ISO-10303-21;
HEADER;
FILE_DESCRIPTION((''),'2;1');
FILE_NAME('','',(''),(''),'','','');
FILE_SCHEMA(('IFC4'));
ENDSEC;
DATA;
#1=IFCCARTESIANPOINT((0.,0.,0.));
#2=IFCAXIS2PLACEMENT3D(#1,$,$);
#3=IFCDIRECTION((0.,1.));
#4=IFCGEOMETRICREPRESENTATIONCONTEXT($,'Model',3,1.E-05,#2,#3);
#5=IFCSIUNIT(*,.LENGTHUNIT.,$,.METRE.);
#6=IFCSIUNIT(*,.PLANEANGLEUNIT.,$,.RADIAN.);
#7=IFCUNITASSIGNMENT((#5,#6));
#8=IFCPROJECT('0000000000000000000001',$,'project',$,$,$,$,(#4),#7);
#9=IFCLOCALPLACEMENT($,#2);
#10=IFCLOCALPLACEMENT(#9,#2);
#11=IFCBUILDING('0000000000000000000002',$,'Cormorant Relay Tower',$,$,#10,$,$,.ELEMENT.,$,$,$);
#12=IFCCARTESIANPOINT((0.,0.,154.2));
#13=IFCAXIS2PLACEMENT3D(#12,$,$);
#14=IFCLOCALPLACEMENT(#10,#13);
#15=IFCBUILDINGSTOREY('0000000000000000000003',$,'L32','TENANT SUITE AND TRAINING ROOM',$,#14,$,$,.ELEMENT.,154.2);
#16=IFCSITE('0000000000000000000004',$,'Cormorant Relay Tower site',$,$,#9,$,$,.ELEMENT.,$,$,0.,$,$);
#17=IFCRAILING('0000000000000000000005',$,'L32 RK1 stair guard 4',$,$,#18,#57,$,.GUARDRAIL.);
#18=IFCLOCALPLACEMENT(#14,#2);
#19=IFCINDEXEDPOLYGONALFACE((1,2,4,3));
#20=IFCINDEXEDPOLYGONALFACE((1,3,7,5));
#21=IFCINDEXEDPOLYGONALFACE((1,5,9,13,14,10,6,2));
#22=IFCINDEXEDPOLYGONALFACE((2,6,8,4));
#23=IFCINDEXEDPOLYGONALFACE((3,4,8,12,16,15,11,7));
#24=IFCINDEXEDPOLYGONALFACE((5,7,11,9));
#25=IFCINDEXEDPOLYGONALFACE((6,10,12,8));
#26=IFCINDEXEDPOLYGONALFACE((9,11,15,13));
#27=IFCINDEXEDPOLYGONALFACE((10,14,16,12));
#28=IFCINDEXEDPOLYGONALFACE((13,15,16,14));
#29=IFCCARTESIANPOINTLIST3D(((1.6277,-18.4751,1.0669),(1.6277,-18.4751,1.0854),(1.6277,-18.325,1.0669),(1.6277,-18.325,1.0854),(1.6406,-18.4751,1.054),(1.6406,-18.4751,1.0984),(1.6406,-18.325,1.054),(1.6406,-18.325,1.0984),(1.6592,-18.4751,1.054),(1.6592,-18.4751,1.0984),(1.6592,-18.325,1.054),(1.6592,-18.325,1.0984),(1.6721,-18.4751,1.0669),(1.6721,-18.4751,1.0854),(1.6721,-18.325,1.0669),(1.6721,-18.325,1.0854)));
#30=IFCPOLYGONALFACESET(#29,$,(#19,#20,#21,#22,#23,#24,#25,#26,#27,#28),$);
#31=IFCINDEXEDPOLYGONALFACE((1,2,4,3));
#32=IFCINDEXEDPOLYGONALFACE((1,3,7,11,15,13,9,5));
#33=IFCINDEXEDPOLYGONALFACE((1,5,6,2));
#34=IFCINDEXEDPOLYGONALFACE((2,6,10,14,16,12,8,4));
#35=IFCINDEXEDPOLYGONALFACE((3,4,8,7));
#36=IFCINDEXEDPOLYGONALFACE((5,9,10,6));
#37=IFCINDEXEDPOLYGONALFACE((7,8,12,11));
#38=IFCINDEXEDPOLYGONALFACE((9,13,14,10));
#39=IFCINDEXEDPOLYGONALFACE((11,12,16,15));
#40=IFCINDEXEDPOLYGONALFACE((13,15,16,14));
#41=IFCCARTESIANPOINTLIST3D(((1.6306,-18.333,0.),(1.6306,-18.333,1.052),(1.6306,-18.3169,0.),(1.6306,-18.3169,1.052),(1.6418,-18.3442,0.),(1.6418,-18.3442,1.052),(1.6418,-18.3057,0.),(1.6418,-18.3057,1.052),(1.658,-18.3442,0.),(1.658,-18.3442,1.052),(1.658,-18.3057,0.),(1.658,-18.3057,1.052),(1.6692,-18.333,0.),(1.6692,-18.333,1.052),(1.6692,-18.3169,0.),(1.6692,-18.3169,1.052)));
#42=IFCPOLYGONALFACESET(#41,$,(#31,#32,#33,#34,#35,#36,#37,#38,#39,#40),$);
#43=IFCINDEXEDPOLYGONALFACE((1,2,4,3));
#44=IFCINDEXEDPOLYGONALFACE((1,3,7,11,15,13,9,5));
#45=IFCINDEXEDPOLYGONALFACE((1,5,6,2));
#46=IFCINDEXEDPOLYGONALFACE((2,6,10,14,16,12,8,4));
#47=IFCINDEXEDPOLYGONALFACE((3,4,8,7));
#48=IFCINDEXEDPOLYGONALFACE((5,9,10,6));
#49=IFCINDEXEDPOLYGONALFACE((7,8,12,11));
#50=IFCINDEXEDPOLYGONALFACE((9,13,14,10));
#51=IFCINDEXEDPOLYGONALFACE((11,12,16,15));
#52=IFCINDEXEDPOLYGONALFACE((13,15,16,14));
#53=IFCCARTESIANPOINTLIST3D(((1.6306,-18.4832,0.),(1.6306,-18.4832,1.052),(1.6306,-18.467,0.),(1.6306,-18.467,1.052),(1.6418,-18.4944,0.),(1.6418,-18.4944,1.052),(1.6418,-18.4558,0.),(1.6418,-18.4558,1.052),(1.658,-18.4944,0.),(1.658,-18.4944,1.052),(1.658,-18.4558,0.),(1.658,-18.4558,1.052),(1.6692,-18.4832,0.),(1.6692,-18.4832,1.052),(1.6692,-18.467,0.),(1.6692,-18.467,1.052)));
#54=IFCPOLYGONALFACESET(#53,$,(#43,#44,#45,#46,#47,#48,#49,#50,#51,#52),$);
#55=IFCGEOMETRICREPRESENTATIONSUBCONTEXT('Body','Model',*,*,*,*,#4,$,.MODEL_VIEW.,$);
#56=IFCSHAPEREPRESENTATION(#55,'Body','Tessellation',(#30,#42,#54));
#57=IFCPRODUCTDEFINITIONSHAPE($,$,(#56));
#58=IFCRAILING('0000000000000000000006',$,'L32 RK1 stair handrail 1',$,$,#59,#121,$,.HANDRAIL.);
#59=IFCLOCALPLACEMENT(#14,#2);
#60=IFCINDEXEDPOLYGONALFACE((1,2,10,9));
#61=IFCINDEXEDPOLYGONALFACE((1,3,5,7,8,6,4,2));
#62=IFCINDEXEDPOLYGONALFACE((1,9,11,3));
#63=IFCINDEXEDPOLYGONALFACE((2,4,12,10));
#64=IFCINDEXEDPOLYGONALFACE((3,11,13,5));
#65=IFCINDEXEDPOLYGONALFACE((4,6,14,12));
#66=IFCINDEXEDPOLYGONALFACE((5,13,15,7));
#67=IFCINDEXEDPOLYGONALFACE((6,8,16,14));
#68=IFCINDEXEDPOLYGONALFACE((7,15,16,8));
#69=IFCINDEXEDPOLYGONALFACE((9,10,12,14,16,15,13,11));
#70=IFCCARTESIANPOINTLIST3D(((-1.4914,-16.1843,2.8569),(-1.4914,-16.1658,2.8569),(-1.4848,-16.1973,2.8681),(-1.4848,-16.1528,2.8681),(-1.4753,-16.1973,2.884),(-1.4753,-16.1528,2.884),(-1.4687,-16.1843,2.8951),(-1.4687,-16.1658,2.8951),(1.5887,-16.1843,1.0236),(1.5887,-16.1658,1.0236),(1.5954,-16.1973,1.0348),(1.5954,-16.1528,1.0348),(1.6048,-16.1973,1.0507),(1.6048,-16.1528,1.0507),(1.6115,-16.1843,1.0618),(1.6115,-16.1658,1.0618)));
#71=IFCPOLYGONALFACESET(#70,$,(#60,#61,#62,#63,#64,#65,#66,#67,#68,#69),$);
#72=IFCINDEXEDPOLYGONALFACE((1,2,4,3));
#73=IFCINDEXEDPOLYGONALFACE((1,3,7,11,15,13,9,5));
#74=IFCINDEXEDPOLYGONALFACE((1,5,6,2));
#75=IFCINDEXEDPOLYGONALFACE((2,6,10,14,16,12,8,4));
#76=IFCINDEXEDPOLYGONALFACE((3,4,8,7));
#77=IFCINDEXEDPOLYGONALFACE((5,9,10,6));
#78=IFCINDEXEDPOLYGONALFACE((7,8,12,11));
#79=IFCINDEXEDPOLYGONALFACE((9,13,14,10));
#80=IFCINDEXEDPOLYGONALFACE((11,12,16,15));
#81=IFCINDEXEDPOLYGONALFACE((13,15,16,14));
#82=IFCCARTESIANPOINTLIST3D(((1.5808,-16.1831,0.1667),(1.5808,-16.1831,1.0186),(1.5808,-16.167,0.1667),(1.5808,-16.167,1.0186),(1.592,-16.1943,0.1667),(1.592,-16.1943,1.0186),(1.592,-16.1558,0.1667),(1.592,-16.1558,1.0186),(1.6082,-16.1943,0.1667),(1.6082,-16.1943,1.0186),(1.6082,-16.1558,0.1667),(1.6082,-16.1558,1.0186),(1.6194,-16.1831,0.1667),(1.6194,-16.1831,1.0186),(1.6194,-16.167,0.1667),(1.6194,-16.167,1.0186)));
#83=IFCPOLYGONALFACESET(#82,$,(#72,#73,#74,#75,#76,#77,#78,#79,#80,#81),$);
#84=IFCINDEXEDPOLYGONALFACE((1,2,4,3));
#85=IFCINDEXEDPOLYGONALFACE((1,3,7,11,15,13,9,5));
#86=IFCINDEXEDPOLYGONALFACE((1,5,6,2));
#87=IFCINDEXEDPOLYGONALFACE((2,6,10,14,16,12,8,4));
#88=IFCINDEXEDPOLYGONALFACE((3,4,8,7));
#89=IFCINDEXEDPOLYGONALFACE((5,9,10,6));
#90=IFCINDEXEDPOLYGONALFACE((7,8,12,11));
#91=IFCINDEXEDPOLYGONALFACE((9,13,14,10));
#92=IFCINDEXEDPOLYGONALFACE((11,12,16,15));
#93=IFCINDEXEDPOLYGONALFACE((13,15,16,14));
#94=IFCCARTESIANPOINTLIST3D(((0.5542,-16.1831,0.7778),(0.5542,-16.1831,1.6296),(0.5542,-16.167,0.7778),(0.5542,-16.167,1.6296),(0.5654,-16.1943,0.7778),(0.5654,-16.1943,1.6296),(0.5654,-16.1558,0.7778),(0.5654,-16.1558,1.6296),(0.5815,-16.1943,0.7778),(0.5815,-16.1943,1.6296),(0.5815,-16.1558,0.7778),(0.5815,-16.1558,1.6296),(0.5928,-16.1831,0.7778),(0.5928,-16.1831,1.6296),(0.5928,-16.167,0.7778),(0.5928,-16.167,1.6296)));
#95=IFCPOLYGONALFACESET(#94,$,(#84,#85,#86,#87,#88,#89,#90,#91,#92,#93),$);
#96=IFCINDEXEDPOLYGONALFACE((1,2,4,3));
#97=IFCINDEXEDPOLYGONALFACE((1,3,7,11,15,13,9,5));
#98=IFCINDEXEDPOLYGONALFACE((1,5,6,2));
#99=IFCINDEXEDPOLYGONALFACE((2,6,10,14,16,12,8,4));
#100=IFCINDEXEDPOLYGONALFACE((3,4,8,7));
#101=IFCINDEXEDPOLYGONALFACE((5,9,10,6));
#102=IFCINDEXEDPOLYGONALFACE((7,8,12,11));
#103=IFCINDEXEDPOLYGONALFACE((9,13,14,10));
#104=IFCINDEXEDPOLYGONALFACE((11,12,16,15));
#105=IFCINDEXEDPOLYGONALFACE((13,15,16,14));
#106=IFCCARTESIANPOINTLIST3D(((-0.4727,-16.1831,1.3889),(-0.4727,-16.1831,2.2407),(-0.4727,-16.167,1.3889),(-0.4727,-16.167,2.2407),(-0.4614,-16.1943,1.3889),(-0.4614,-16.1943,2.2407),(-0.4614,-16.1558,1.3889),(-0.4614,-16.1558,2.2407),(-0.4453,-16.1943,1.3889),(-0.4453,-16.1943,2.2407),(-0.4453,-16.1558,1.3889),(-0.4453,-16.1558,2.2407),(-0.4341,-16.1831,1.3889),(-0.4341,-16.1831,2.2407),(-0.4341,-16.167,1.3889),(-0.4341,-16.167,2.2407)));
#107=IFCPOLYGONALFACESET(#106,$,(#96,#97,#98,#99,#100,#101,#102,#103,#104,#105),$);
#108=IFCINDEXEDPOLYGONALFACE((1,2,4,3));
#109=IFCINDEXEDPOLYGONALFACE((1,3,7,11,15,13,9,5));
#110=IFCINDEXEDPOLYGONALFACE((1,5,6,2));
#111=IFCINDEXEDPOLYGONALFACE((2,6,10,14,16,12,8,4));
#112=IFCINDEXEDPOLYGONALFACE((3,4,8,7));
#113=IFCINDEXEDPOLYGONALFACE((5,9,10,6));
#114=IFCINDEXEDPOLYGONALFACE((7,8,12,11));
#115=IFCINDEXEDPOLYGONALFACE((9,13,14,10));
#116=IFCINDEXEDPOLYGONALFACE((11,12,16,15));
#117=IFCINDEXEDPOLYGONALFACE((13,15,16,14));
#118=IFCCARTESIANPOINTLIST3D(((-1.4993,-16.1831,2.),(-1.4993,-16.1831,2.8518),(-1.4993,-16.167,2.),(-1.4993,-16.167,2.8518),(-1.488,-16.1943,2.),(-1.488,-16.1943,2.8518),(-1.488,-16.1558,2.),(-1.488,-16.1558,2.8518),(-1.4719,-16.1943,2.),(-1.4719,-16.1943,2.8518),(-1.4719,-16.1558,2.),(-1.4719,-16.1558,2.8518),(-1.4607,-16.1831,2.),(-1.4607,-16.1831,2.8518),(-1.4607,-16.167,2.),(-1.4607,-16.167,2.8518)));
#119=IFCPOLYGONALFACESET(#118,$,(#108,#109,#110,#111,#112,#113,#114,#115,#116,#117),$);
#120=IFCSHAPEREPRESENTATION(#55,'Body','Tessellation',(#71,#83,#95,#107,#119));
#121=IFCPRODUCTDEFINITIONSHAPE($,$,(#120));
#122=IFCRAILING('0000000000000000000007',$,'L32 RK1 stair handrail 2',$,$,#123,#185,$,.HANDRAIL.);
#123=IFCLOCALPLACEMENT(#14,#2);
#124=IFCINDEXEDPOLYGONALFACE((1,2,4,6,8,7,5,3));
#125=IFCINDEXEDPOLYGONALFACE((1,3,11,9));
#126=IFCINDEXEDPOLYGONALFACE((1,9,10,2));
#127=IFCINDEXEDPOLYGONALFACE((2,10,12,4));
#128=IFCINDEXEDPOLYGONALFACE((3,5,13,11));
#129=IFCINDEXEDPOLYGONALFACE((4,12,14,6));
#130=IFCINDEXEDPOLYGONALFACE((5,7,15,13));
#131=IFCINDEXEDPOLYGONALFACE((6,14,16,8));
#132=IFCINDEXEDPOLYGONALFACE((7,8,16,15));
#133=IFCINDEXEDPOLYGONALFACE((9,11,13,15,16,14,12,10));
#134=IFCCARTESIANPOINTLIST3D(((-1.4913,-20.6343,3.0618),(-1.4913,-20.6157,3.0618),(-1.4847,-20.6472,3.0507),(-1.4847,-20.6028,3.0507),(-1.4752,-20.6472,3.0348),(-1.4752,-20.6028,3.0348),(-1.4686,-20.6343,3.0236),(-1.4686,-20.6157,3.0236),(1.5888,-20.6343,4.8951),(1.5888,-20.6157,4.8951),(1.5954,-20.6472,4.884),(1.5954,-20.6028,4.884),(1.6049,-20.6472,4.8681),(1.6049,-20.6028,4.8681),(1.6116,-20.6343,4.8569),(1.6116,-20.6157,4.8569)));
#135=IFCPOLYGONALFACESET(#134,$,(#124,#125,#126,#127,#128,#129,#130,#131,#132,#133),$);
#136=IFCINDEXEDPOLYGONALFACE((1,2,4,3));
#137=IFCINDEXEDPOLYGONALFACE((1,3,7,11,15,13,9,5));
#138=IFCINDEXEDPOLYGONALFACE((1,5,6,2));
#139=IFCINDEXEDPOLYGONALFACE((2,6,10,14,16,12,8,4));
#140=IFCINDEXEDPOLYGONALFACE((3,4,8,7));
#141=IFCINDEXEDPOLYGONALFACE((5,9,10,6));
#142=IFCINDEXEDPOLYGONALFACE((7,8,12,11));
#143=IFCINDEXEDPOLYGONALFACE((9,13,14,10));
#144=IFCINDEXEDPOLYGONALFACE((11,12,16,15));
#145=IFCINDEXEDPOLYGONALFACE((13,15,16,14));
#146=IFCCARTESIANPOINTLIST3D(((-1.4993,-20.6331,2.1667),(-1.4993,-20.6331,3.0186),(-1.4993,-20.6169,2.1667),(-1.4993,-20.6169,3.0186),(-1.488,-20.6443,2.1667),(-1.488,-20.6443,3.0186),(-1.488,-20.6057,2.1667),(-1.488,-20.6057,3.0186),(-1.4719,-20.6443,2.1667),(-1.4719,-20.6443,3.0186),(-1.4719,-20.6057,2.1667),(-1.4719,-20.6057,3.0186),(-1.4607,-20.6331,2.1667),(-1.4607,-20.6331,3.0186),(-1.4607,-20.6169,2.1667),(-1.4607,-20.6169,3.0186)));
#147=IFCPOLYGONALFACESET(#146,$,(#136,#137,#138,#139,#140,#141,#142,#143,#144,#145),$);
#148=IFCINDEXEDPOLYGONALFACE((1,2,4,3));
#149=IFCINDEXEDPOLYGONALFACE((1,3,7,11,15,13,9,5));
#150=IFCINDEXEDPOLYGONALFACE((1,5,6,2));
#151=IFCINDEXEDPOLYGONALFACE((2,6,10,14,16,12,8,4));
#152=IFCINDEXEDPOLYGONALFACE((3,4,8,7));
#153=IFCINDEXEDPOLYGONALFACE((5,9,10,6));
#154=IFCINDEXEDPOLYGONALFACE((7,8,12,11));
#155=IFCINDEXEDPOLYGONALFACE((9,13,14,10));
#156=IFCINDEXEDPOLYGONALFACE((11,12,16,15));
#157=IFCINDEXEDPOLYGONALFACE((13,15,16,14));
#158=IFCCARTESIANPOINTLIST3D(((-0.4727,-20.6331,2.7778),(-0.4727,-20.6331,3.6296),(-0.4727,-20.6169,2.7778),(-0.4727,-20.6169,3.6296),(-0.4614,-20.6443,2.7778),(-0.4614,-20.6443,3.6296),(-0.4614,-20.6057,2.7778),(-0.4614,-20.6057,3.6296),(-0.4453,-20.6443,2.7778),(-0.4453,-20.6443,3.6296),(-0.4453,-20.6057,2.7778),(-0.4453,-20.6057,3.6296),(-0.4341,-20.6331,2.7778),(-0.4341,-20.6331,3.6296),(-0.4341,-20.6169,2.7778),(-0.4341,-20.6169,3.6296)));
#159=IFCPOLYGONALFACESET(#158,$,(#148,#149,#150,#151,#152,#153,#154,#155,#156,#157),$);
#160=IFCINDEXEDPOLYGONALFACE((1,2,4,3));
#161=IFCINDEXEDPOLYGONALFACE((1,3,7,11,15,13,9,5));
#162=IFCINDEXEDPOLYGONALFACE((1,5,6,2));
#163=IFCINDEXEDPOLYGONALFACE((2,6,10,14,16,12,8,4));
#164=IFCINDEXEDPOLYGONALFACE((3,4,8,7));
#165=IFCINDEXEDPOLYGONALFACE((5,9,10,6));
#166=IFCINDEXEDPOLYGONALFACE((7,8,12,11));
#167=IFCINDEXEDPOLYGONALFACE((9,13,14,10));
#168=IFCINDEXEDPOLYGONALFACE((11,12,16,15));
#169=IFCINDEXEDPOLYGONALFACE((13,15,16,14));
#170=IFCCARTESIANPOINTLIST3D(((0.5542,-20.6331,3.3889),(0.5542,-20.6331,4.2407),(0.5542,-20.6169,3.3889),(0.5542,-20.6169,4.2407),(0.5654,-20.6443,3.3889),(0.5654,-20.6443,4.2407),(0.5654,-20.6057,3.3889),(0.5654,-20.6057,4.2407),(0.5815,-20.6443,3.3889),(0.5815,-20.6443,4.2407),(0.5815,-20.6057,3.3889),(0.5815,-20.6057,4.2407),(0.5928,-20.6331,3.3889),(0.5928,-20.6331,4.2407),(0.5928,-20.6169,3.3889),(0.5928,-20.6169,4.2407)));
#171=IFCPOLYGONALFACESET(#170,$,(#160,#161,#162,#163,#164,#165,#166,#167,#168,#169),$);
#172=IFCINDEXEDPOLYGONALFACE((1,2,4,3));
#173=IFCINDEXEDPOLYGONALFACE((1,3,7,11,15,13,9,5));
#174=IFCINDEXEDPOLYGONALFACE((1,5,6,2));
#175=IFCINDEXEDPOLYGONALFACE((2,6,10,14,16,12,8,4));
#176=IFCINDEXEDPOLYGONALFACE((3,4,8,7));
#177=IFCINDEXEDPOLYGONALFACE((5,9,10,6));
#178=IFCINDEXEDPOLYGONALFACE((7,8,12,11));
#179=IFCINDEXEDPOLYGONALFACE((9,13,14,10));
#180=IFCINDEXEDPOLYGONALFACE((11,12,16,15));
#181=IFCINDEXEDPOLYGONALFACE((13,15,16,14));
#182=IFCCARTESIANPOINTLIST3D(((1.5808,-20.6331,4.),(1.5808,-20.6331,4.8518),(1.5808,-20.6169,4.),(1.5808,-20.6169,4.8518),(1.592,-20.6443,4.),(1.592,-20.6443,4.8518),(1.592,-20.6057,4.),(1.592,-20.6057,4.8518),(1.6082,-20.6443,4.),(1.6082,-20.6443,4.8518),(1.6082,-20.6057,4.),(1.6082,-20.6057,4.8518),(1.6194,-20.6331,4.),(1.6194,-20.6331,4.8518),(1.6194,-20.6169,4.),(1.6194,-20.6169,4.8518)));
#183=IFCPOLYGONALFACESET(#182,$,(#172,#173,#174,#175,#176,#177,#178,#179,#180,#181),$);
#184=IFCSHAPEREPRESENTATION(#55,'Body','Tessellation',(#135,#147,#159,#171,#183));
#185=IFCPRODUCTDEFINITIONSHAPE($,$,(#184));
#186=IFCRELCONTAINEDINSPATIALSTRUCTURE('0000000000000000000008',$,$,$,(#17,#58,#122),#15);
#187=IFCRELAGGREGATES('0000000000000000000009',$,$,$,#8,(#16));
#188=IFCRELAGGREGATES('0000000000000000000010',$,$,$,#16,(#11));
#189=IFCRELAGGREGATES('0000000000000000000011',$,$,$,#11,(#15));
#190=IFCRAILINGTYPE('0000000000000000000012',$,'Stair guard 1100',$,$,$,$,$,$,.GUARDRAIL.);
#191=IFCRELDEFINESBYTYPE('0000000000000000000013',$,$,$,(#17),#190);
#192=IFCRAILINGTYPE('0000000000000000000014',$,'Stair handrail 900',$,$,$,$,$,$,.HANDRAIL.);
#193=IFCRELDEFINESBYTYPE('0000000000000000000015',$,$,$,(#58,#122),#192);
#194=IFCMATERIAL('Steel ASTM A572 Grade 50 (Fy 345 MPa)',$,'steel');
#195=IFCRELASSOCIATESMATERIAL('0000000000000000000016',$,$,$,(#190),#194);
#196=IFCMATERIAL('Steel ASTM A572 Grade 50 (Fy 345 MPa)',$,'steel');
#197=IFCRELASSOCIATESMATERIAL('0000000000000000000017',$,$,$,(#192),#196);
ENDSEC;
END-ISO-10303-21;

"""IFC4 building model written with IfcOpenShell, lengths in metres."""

from ifc_helpers import new_model, si_unit, direction, frame, origin, place, context, subcontext, project, spatial, polyline, outline, extrude, material, type_object, element, save


model = new_model("IFC4")

# Units and contexts
model_context = context("Model", 3, precision=1e-05, world=origin(), true_north=direction((0.0, 1.0)))
body_context = subcontext(model_context, "Body", "Model", "MODEL_VIEW")
ifc_project = project(units=[si_unit("LENGTHUNIT", "METRE"), si_unit("PLANEANGLEUNIT", "RADIAN")], contexts=[model_context])

# Site, building, storey
site_placement = place(None, origin())
site = spatial("IfcSite", under=ifc_project, at=site_placement, Name="Cormorant Relay Tower site", CompositionType="ELEMENT", RefElevation=0.0)
building_placement = place(site_placement, origin())
building = spatial("IfcBuilding", under=site, at=building_placement, Name="Cormorant Relay Tower", CompositionType="ELEMENT")
storey_placement = place(building_placement, frame((0.0, 0.0, 154.2)))
storey = spatial("IfcBuildingStorey", under=building, at=storey_placement, Name="L32", Description="TENANT SUITE AND TRAINING ROOM", CompositionType="ELEMENT", Elevation=154.2)

# Railings
ifc_material_1 = material(Name="Steel ASTM A572 Grade 50 (Fy 345 MPa)", Category="steel")
railing_type_1 = type_object("IfcRailingType", Name="Stair guard 1100", PredefinedType="GUARDRAIL", material=ifc_material_1)
railing_1_placement = place(storey_placement, frame((1.6499, -18.325, 0.0)))
element("IfcRailing", 1, at=railing_1_placement, inside=storey, type_object=railing_type_1, Name="L32 RK1 stair guard 4", PredefinedType="GUARDRAIL", context=body_context, shape_type="SweptSolid", body=[
    extrude(outline(polyline([(0.0222, 0.0093), (0.0093, 0.0222), (-0.0093, 0.0222), (-0.0222, 0.0093), (-0.0222, -0.0093), (-0.0093, -0.0222), (0.0093, -0.0222), (0.0222, -0.0093), (0.0222, 0.0093)])), frame((0.0, 0.0, 1.0762), z_axis=(0.0, -1.0, 0.0), x_axis=(1.0, 0.0, 0.0)), (0.0, 0.0, 1.0), 0.1501),
    extrude(outline(polyline([(0.0193, 0.0081), (0.0081, 0.0193), (-0.0081, 0.0193), (-0.0193, 0.0081), (-0.0193, -0.0081), (-0.0081, -0.0193), (0.0081, -0.0193), (0.0193, -0.0081), (0.0193, 0.0081)])), origin(), (0.0, 0.0, 1.0), 1.052),
    extrude(outline(polyline([(0.0193, 0.0081), (0.0081, 0.0193), (-0.0081, 0.0193), (-0.0193, 0.0081), (-0.0193, -0.0081), (-0.0081, -0.0193), (0.0081, -0.0193), (0.0193, -0.0081), (0.0193, 0.0081)])), frame((0.0, -0.1501, 0.0)), (0.0, 0.0, 1.0), 1.052),
])
ifc_material_2 = material(Name="Steel ASTM A572 Grade 50 (Fy 345 MPa)", Category="steel")
railing_type_2 = type_object("IfcRailingType", Name="Stair handrail 900", PredefinedType="HANDRAIL", material=ifc_material_2)
railing_2_placement = place(storey_placement, frame((1.6001, -16.175, 0.1667)))
element("IfcRailing", 2, at=railing_2_placement, inside=storey, type_object=railing_type_2, Name="L32 RK1 stair handrail 1", PredefinedType="HANDRAIL", context=body_context, shape_type="SweptSolid", body=[
    extrude(outline(polyline([(0.0222, 0.0093), (0.0093, 0.0222), (-0.0093, 0.0222), (-0.0222, 0.0093), (-0.0222, -0.0093), (-0.0093, -0.0222), (0.0093, -0.0222), (0.0222, -0.0093), (0.0222, 0.0093)])), frame((0.0, 0.0, 0.876), z_axis=(-0.859309, 0.0, 0.511458), x_axis=(0.0, -1.0, 0.0)), (0.0, 0.0, 1.0), 3.5845),
    extrude(outline(polyline([(0.0193, 0.0081), (0.0081, 0.0193), (-0.0081, 0.0193), (-0.0193, 0.0081), (-0.0193, -0.0081), (-0.0081, -0.0193), (0.0081, -0.0193), (0.0193, -0.0081), (0.0193, 0.0081)])), origin(), (0.0, 0.0, 1.0), 0.8518),
    extrude(outline(polyline([(0.0193, 0.0081), (0.0081, 0.0193), (-0.0081, 0.0193), (-0.0193, 0.0081), (-0.0193, -0.0081), (-0.0081, -0.0193), (0.0081, -0.0193), (0.0193, -0.0081), (0.0193, 0.0081)])), frame((-1.0266, 0.0, 0.6111)), (0.0, 0.0, 1.0), 0.8518),
    extrude(outline(polyline([(0.0193, 0.0081), (0.0081, 0.0193), (-0.0081, 0.0193), (-0.0193, 0.0081), (-0.0193, -0.0081), (-0.0081, -0.0193), (0.0081, -0.0193), (0.0193, -0.0081), (0.0193, 0.0081)])), frame((-2.0535, 0.0, 1.2222)), (0.0, 0.0, 1.0), 0.8518),
    extrude(outline(polyline([(0.0193, 0.0081), (0.0081, 0.0193), (-0.0081, 0.0193), (-0.0193, 0.0081), (-0.0193, -0.0081), (-0.0081, -0.0193), (0.0081, -0.0193), (0.0193, -0.0081), (0.0193, 0.0081)])), frame((-3.0801, 0.0, 1.8333)), (0.0, 0.0, 1.0), 0.8518),
])
railing_3_placement = place(storey_placement, frame((-1.48, -20.625, 2.1667)))
element("IfcRailing", 3, at=railing_3_placement, inside=storey, type_object=railing_type_2, Name="L32 RK1 stair handrail 2", PredefinedType="HANDRAIL", context=body_context, shape_type="SweptSolid", body=[
    extrude(outline(polyline([(0.0222, 0.0093), (0.0093, 0.0222), (-0.0093, 0.0222), (-0.0222, 0.0093), (-0.0222, -0.0093), (-0.0093, -0.0222), (0.0093, -0.0222), (0.0222, -0.0093), (0.0222, 0.0093)])), frame((0.0, 0.0, 0.876), z_axis=(0.859309, 0.0, 0.511458), x_axis=(0.0, 1.0, 0.0)), (0.0, 0.0, 1.0), 3.5845),
    extrude(outline(polyline([(0.0193, 0.0081), (0.0081, 0.0193), (-0.0081, 0.0193), (-0.0193, 0.0081), (-0.0193, -0.0081), (-0.0081, -0.0193), (0.0081, -0.0193), (0.0193, -0.0081), (0.0193, 0.0081)])), origin(), (0.0, 0.0, 1.0), 0.8518),
    extrude(outline(polyline([(0.0193, 0.0081), (0.0081, 0.0193), (-0.0081, 0.0193), (-0.0193, 0.0081), (-0.0193, -0.0081), (-0.0081, -0.0193), (0.0081, -0.0193), (0.0193, -0.0081), (0.0193, 0.0081)])), frame((1.0266, 0.0, 0.6111)), (0.0, 0.0, 1.0), 0.8518),
    extrude(outline(polyline([(0.0193, 0.0081), (0.0081, 0.0193), (-0.0081, 0.0193), (-0.0193, 0.0081), (-0.0193, -0.0081), (-0.0081, -0.0193), (0.0081, -0.0193), (0.0193, -0.0081), (0.0193, 0.0081)])), frame((2.0535, 0.0, 1.2222)), (0.0, 0.0, 1.0), 0.8518),
    extrude(outline(polyline([(0.0193, 0.0081), (0.0081, 0.0193), (-0.0081, 0.0193), (-0.0193, 0.0081), (-0.0193, -0.0081), (-0.0081, -0.0193), (0.0081, -0.0193), (0.0193, -0.0081), (0.0193, 0.0081)])), frame((3.0801, 0.0, 1.8333)), (0.0, 0.0, 1.0), 0.8518),
])

save(model, "model.ifc")
